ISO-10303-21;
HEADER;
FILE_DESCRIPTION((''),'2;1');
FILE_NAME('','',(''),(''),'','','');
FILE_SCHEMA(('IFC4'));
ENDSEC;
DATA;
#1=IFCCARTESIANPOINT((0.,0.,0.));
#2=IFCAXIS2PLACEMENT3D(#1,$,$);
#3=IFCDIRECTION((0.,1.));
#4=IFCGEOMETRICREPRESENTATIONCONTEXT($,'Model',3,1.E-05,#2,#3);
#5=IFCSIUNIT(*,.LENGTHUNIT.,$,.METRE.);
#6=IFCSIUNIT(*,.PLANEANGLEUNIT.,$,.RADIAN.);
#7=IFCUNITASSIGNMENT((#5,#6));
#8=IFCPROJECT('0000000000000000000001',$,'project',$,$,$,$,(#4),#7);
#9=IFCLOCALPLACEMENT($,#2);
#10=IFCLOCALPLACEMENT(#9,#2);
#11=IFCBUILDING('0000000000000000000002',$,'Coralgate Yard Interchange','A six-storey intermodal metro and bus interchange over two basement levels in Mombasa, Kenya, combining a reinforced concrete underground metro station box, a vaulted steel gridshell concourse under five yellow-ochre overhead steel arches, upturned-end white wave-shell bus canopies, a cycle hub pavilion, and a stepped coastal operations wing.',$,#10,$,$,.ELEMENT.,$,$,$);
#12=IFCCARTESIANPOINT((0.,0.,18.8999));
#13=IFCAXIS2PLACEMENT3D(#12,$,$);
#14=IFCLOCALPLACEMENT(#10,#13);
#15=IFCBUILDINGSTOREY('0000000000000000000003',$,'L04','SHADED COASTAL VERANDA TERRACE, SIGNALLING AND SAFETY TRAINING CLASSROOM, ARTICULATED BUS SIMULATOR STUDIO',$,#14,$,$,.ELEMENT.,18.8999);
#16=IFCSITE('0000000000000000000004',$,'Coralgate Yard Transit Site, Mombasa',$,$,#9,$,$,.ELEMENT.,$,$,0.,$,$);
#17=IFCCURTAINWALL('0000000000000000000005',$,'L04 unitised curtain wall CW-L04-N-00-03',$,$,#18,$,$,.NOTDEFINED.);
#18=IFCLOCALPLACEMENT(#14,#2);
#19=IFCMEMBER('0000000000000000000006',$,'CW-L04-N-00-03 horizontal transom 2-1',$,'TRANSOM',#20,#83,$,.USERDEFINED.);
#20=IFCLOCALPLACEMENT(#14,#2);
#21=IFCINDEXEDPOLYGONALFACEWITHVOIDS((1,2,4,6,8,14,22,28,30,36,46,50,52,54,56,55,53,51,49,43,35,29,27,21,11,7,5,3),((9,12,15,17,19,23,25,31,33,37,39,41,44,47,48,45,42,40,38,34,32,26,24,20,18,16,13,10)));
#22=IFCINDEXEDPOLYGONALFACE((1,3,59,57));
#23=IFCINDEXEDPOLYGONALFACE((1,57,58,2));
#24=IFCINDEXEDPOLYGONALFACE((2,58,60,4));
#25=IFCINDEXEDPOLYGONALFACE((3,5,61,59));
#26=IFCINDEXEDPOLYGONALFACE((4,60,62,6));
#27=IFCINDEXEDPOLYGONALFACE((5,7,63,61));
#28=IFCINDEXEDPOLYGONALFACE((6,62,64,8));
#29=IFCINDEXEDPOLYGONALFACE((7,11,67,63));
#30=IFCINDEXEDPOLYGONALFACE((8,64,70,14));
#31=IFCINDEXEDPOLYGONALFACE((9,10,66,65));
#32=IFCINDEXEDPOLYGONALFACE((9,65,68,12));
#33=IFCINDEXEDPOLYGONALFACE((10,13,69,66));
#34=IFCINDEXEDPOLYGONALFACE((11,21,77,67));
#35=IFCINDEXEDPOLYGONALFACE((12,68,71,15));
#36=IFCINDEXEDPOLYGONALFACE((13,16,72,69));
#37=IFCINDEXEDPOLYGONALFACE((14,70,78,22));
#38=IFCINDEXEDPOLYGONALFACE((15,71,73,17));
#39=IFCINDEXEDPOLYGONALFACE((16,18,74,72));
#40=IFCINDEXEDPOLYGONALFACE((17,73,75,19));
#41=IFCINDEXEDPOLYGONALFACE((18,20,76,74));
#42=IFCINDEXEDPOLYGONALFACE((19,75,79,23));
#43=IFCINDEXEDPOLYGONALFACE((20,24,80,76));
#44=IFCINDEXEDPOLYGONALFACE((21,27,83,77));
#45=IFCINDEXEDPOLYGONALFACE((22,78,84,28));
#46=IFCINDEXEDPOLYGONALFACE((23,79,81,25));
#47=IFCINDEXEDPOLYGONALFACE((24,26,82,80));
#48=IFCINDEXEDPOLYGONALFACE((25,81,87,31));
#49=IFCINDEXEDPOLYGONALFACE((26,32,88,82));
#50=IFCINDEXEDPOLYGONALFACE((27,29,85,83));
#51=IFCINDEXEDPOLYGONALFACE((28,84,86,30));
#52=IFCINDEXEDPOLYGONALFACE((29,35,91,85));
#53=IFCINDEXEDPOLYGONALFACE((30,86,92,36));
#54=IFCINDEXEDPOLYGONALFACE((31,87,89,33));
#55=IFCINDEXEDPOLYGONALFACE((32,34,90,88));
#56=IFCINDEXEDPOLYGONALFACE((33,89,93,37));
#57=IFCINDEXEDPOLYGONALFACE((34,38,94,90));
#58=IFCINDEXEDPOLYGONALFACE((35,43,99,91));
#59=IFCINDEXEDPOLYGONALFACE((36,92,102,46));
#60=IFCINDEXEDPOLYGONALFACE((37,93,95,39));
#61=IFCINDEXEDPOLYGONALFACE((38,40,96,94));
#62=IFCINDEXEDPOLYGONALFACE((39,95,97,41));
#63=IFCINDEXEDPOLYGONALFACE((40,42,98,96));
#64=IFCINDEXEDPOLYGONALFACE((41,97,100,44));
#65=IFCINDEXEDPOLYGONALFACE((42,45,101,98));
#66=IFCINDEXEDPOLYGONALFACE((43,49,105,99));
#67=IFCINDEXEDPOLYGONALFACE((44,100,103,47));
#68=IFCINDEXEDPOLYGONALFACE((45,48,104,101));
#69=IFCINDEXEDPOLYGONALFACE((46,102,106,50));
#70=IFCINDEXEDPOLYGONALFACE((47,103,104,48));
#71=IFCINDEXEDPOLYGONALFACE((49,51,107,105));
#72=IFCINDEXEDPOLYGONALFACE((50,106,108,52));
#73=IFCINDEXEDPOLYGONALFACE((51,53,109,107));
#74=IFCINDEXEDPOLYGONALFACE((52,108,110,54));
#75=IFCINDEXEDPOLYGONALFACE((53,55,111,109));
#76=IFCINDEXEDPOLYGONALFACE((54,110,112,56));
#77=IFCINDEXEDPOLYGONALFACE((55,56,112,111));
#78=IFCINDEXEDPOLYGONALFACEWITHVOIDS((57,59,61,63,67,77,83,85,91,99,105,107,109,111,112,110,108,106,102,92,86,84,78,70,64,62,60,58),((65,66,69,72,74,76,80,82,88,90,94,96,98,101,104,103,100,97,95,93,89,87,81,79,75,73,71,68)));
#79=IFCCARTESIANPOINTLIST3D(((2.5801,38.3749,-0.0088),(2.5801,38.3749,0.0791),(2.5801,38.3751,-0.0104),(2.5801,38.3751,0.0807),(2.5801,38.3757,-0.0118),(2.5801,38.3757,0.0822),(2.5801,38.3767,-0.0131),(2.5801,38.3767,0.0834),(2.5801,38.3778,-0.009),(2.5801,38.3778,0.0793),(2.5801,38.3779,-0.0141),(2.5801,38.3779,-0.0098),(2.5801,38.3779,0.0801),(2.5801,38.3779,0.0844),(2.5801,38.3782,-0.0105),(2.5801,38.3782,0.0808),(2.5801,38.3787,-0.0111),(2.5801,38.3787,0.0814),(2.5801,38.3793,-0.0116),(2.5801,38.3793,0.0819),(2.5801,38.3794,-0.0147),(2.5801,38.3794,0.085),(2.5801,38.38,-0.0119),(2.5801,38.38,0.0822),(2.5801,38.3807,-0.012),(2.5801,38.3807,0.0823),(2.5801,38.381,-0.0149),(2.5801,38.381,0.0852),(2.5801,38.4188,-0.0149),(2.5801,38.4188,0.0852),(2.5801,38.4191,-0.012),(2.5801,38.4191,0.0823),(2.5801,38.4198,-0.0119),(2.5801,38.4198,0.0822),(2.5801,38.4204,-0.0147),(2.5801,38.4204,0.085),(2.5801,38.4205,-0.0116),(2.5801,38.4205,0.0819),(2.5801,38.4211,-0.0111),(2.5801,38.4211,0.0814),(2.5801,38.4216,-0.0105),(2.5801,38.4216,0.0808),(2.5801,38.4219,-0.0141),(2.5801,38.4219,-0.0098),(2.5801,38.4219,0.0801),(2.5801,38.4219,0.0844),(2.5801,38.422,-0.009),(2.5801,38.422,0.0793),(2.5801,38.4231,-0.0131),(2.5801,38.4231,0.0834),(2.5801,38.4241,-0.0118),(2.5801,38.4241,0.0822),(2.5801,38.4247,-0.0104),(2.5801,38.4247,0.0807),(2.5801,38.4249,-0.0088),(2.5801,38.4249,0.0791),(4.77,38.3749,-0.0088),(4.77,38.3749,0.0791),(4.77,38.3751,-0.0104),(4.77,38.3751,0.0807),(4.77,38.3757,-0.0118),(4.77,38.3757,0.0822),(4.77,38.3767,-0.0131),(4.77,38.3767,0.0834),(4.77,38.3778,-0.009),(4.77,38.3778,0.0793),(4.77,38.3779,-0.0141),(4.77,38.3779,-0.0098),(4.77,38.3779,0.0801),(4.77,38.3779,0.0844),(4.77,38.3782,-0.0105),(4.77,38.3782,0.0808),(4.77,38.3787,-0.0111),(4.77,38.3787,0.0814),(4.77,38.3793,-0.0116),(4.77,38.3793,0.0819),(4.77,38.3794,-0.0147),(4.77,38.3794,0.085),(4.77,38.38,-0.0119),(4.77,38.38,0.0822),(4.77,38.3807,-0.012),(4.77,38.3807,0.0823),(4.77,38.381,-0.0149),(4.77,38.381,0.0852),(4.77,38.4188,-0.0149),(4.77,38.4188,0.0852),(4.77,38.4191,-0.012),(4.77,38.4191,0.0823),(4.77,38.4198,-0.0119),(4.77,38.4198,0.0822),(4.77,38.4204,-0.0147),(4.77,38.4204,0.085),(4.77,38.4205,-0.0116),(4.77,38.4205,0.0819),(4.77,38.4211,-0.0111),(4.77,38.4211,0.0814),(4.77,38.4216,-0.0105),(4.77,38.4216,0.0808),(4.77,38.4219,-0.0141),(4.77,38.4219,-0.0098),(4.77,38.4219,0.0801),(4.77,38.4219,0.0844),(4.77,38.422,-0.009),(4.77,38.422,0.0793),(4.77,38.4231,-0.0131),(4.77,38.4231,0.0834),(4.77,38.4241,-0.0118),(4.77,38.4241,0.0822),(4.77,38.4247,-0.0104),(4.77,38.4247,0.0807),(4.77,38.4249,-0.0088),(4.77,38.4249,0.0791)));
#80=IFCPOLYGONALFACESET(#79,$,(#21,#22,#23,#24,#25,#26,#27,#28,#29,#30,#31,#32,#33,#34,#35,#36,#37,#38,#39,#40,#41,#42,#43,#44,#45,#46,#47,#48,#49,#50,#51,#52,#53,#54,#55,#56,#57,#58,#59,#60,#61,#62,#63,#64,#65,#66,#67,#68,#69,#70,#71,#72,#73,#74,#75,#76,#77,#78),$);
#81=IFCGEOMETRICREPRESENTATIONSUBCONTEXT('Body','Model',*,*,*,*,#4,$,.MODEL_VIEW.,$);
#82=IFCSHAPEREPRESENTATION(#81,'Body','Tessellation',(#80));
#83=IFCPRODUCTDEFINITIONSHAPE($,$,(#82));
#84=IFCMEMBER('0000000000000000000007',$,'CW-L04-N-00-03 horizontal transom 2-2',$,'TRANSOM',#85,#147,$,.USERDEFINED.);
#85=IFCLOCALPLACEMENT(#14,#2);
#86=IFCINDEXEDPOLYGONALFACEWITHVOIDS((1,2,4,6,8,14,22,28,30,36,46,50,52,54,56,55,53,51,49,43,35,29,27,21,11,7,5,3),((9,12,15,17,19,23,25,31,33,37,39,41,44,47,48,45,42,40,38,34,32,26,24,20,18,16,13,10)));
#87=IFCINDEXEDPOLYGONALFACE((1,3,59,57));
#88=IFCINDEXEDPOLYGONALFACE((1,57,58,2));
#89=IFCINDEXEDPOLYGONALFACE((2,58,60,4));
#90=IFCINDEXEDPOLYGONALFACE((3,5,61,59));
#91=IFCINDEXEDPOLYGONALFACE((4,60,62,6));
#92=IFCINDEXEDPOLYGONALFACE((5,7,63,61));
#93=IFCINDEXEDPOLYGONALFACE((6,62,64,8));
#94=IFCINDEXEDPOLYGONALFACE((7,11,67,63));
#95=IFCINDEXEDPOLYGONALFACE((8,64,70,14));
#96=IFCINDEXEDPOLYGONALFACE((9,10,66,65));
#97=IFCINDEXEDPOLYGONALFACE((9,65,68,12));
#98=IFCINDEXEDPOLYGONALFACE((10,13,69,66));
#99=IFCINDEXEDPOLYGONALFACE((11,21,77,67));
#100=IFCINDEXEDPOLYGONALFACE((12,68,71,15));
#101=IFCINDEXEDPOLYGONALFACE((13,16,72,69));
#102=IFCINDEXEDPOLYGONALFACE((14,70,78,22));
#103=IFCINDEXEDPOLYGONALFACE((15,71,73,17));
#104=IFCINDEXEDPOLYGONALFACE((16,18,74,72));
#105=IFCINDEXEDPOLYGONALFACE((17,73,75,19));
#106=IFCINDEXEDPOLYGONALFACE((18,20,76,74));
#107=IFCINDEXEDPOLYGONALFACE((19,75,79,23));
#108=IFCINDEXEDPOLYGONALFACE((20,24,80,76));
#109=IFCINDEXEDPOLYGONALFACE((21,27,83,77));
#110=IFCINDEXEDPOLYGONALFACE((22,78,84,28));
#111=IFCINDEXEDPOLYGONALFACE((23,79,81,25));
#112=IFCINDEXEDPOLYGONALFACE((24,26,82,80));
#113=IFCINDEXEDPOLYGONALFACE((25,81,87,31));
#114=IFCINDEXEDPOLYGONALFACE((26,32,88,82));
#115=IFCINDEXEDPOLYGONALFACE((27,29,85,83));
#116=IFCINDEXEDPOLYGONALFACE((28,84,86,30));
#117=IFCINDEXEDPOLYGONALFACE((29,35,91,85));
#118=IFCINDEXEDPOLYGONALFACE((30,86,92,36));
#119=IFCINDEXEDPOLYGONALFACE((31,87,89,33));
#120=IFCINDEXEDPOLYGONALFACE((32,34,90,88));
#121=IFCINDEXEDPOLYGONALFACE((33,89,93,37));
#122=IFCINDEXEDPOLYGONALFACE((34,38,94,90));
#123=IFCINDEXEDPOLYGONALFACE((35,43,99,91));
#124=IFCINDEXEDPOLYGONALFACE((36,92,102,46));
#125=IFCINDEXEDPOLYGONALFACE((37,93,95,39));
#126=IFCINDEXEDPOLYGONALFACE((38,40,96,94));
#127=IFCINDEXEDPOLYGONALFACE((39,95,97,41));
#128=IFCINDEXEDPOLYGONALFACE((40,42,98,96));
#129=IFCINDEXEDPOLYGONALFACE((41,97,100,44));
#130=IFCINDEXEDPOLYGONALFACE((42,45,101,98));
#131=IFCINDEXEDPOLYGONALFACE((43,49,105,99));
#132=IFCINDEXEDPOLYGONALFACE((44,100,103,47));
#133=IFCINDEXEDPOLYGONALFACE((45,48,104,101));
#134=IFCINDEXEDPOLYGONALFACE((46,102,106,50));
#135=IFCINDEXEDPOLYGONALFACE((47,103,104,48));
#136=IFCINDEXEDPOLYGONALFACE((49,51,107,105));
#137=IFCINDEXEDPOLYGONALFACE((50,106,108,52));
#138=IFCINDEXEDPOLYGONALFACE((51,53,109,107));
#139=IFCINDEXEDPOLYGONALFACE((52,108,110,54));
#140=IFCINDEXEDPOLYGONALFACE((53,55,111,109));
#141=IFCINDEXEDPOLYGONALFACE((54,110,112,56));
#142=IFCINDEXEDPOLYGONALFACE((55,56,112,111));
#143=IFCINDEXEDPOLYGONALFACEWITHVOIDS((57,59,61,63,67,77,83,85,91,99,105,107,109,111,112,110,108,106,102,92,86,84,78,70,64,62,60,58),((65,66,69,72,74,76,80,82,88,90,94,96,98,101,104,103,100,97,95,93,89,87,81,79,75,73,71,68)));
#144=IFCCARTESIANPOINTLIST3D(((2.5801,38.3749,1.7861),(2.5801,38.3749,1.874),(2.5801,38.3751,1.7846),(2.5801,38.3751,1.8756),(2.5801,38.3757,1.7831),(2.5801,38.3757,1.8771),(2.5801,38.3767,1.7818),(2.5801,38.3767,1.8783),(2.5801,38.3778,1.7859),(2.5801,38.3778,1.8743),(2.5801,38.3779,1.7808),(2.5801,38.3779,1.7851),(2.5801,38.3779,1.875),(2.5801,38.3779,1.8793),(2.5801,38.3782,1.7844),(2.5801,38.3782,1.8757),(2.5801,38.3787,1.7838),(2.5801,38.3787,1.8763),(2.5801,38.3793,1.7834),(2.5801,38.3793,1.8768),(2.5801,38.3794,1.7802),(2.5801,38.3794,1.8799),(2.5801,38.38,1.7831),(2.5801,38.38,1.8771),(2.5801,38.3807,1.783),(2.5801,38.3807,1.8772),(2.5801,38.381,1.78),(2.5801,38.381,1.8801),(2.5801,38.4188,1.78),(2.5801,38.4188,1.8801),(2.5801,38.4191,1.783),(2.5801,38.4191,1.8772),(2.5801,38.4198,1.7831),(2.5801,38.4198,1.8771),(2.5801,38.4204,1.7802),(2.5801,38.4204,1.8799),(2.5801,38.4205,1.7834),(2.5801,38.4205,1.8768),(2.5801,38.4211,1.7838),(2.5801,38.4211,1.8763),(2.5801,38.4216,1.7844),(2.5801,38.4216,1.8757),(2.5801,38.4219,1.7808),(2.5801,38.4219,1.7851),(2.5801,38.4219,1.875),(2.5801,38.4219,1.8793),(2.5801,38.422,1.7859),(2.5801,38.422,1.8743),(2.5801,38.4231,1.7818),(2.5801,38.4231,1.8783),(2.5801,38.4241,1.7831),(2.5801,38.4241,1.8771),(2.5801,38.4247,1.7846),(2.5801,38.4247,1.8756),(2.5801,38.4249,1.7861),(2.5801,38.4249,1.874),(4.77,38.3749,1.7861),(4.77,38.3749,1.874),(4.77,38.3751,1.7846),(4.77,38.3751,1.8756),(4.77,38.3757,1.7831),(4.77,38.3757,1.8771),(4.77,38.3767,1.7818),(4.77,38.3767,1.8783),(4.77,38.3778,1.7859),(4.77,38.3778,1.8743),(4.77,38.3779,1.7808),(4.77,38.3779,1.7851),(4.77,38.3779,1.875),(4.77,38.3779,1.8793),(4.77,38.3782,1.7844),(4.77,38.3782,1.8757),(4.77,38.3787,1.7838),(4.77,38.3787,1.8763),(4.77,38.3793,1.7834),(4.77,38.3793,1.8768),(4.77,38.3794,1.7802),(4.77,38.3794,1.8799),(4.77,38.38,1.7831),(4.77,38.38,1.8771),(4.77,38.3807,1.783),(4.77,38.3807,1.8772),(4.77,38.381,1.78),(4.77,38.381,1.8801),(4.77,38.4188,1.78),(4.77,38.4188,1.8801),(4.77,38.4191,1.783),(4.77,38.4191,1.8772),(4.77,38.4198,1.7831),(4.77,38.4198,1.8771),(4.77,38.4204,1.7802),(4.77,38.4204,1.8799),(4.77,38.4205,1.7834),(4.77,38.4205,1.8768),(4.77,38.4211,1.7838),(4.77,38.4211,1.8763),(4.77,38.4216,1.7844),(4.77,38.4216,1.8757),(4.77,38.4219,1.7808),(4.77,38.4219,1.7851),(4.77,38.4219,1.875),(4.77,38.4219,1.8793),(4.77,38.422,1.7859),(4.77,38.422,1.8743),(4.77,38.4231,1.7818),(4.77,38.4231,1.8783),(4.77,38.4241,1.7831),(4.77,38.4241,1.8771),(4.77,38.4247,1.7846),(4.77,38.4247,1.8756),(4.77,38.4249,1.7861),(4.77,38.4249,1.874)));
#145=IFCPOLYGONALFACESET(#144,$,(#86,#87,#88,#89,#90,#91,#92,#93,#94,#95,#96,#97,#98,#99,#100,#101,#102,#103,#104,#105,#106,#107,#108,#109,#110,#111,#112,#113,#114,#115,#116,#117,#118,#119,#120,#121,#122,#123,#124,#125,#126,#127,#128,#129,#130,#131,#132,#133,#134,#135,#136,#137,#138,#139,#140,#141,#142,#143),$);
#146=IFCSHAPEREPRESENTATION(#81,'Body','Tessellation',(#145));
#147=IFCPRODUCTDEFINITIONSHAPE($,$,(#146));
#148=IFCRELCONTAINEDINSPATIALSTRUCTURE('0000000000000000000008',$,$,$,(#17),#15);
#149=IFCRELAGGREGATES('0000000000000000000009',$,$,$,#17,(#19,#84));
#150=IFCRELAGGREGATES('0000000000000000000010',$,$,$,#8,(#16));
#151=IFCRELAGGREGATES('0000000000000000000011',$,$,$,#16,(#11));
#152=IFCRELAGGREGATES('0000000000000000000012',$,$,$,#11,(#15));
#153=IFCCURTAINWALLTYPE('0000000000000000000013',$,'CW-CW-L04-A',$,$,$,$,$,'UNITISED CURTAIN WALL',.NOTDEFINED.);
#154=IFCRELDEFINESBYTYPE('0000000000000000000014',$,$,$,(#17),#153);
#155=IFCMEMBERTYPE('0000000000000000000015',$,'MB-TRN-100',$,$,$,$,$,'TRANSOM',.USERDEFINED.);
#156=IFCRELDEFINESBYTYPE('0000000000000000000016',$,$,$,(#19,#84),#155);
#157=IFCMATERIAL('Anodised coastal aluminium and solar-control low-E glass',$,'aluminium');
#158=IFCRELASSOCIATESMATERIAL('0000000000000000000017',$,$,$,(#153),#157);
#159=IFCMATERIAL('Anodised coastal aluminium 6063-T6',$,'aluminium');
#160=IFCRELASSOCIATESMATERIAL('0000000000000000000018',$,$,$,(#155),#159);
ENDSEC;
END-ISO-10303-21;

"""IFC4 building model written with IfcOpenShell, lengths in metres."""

from ifc_helpers import new_model, si_unit, direction, frame, origin, origin_2d, place, context, subcontext, project, spatial, hollow_rectangle, extrude, material, material_profile, profile_set, type_object, element, aggregate, save


model = new_model("IFC4")

# Units and contexts
model_context = context("Model", 3, precision=1e-05, world=origin(), true_north=direction((0.0, 1.0)))
body_context = subcontext(model_context, "Body", "Model", "MODEL_VIEW")
ifc_project = project(units=[si_unit("LENGTHUNIT", "METRE"), si_unit("PLANEANGLEUNIT", "RADIAN")], contexts=[model_context])

# Site, building, storey
site_placement = place(None, origin())
site = spatial("IfcSite", under=ifc_project, at=site_placement, Name="Coralgate Yard Transit Site, Mombasa", CompositionType="ELEMENT", RefElevation=0.0)
building_placement = place(site_placement, origin())
building = spatial("IfcBuilding", under=site, at=building_placement, Name="Coralgate Yard Interchange", Description="A six-storey intermodal metro and bus interchange over two basement levels in Mombasa, Kenya, combining a reinforced concrete underground metro station box, a vaulted steel gridshell concourse under five yellow-ochre overhead steel arches, upturned-end white wave-shell bus canopies, a cycle hub pavilion, and a stepped coastal operations wing.", CompositionType="ELEMENT")
storey_placement = place(building_placement, frame((0.0, 0.0, 18.8999)))
storey = spatial("IfcBuildingStorey", under=building, at=storey_placement, Name="L04", Description="SHADED COASTAL VERANDA TERRACE, SIGNALLING AND SAFETY TRAINING CLASSROOM, ARTICULATED BUS SIMULATOR STUDIO", CompositionType="ELEMENT", Elevation=18.8999)

# Curtain wall
ifc_material_1 = material(Name="Anodised coastal aluminium and solar-control low-E glass", Category="aluminium")
curtain_wall_type = type_object("IfcCurtainWallType", Name="CW-CW-L04-A", ElementType="UNITISED CURTAIN WALL", PredefinedType="NOTDEFINED", material=ifc_material_1)
ifc_material_2 = material(Name="Anodised coastal aluminium 6063-T6", Category="aluminium")
curtain_wall_1_placement = place(storey_placement, origin())
curtain_wall_1 = element("IfcCurtainWall", 1, at=curtain_wall_1_placement, inside=storey, type_object=curtain_wall_type, Name="L04 unitised curtain wall CW-L04-N-00-03", PredefinedType="NOTDEFINED")

# Members
ifc_material_profile_1 = material_profile(ifc_material_2, hollow_rectangle(XDim=0.05, YDim=0.1001, WallThickness=0.0029, InnerFilletRadius=0.0029, OuterFilletRadius=0.0061, at=origin_2d()), Name="ALU 50x100x3")
ifc_profile_set_1 = profile_set([ifc_material_profile_1], Name="Anodised coastal aluminium 6063-T6")
member_type_1 = type_object("IfcMemberType", Name="MB-TRN-100", ElementType="TRANSOM", PredefinedType="USERDEFINED", material=ifc_profile_set_1)
member_1_placement = place(storey_placement, frame((2.5801, 38.3999, 0.0352), z_axis=(1.0, 0.0, 0.0), x_axis=(0.0, 1.0, 0.0)))
member_1 = element("IfcMember", 2, at=member_1_placement, type_object=member_type_1, Name="CW-L04-N-00-03 horizontal transom 2-1", ObjectType="TRANSOM", PredefinedType="USERDEFINED", context=body_context, shape_type="SweptSolid", body=[
    extrude(hollow_rectangle(XDim=0.05, YDim=0.1001, WallThickness=0.0029, InnerFilletRadius=0.0029, OuterFilletRadius=0.0061, at=origin_2d()), origin(), (0.0, 0.0, 1.0), 2.1899),
])
member_2_placement = place(storey_placement, frame((2.5801, 38.3999, 1.8301), z_axis=(1.0, 0.0, 0.0), x_axis=(0.0, 1.0, 0.0)))
member_2 = element("IfcMember", 3, at=member_2_placement, type_object=member_type_1, Name="CW-L04-N-00-03 horizontal transom 2-2", ObjectType="TRANSOM", PredefinedType="USERDEFINED", context=body_context, shape_type="SweptSolid", body=[
    extrude(hollow_rectangle(XDim=0.05, YDim=0.1001, WallThickness=0.0029, InnerFilletRadius=0.0029, OuterFilletRadius=0.0061, at=origin_2d()), origin(), (0.0, 0.0, 1.0), 2.1899),
])

aggregate(curtain_wall_1, [member_1, member_2])

save(model, "model.ifc")
